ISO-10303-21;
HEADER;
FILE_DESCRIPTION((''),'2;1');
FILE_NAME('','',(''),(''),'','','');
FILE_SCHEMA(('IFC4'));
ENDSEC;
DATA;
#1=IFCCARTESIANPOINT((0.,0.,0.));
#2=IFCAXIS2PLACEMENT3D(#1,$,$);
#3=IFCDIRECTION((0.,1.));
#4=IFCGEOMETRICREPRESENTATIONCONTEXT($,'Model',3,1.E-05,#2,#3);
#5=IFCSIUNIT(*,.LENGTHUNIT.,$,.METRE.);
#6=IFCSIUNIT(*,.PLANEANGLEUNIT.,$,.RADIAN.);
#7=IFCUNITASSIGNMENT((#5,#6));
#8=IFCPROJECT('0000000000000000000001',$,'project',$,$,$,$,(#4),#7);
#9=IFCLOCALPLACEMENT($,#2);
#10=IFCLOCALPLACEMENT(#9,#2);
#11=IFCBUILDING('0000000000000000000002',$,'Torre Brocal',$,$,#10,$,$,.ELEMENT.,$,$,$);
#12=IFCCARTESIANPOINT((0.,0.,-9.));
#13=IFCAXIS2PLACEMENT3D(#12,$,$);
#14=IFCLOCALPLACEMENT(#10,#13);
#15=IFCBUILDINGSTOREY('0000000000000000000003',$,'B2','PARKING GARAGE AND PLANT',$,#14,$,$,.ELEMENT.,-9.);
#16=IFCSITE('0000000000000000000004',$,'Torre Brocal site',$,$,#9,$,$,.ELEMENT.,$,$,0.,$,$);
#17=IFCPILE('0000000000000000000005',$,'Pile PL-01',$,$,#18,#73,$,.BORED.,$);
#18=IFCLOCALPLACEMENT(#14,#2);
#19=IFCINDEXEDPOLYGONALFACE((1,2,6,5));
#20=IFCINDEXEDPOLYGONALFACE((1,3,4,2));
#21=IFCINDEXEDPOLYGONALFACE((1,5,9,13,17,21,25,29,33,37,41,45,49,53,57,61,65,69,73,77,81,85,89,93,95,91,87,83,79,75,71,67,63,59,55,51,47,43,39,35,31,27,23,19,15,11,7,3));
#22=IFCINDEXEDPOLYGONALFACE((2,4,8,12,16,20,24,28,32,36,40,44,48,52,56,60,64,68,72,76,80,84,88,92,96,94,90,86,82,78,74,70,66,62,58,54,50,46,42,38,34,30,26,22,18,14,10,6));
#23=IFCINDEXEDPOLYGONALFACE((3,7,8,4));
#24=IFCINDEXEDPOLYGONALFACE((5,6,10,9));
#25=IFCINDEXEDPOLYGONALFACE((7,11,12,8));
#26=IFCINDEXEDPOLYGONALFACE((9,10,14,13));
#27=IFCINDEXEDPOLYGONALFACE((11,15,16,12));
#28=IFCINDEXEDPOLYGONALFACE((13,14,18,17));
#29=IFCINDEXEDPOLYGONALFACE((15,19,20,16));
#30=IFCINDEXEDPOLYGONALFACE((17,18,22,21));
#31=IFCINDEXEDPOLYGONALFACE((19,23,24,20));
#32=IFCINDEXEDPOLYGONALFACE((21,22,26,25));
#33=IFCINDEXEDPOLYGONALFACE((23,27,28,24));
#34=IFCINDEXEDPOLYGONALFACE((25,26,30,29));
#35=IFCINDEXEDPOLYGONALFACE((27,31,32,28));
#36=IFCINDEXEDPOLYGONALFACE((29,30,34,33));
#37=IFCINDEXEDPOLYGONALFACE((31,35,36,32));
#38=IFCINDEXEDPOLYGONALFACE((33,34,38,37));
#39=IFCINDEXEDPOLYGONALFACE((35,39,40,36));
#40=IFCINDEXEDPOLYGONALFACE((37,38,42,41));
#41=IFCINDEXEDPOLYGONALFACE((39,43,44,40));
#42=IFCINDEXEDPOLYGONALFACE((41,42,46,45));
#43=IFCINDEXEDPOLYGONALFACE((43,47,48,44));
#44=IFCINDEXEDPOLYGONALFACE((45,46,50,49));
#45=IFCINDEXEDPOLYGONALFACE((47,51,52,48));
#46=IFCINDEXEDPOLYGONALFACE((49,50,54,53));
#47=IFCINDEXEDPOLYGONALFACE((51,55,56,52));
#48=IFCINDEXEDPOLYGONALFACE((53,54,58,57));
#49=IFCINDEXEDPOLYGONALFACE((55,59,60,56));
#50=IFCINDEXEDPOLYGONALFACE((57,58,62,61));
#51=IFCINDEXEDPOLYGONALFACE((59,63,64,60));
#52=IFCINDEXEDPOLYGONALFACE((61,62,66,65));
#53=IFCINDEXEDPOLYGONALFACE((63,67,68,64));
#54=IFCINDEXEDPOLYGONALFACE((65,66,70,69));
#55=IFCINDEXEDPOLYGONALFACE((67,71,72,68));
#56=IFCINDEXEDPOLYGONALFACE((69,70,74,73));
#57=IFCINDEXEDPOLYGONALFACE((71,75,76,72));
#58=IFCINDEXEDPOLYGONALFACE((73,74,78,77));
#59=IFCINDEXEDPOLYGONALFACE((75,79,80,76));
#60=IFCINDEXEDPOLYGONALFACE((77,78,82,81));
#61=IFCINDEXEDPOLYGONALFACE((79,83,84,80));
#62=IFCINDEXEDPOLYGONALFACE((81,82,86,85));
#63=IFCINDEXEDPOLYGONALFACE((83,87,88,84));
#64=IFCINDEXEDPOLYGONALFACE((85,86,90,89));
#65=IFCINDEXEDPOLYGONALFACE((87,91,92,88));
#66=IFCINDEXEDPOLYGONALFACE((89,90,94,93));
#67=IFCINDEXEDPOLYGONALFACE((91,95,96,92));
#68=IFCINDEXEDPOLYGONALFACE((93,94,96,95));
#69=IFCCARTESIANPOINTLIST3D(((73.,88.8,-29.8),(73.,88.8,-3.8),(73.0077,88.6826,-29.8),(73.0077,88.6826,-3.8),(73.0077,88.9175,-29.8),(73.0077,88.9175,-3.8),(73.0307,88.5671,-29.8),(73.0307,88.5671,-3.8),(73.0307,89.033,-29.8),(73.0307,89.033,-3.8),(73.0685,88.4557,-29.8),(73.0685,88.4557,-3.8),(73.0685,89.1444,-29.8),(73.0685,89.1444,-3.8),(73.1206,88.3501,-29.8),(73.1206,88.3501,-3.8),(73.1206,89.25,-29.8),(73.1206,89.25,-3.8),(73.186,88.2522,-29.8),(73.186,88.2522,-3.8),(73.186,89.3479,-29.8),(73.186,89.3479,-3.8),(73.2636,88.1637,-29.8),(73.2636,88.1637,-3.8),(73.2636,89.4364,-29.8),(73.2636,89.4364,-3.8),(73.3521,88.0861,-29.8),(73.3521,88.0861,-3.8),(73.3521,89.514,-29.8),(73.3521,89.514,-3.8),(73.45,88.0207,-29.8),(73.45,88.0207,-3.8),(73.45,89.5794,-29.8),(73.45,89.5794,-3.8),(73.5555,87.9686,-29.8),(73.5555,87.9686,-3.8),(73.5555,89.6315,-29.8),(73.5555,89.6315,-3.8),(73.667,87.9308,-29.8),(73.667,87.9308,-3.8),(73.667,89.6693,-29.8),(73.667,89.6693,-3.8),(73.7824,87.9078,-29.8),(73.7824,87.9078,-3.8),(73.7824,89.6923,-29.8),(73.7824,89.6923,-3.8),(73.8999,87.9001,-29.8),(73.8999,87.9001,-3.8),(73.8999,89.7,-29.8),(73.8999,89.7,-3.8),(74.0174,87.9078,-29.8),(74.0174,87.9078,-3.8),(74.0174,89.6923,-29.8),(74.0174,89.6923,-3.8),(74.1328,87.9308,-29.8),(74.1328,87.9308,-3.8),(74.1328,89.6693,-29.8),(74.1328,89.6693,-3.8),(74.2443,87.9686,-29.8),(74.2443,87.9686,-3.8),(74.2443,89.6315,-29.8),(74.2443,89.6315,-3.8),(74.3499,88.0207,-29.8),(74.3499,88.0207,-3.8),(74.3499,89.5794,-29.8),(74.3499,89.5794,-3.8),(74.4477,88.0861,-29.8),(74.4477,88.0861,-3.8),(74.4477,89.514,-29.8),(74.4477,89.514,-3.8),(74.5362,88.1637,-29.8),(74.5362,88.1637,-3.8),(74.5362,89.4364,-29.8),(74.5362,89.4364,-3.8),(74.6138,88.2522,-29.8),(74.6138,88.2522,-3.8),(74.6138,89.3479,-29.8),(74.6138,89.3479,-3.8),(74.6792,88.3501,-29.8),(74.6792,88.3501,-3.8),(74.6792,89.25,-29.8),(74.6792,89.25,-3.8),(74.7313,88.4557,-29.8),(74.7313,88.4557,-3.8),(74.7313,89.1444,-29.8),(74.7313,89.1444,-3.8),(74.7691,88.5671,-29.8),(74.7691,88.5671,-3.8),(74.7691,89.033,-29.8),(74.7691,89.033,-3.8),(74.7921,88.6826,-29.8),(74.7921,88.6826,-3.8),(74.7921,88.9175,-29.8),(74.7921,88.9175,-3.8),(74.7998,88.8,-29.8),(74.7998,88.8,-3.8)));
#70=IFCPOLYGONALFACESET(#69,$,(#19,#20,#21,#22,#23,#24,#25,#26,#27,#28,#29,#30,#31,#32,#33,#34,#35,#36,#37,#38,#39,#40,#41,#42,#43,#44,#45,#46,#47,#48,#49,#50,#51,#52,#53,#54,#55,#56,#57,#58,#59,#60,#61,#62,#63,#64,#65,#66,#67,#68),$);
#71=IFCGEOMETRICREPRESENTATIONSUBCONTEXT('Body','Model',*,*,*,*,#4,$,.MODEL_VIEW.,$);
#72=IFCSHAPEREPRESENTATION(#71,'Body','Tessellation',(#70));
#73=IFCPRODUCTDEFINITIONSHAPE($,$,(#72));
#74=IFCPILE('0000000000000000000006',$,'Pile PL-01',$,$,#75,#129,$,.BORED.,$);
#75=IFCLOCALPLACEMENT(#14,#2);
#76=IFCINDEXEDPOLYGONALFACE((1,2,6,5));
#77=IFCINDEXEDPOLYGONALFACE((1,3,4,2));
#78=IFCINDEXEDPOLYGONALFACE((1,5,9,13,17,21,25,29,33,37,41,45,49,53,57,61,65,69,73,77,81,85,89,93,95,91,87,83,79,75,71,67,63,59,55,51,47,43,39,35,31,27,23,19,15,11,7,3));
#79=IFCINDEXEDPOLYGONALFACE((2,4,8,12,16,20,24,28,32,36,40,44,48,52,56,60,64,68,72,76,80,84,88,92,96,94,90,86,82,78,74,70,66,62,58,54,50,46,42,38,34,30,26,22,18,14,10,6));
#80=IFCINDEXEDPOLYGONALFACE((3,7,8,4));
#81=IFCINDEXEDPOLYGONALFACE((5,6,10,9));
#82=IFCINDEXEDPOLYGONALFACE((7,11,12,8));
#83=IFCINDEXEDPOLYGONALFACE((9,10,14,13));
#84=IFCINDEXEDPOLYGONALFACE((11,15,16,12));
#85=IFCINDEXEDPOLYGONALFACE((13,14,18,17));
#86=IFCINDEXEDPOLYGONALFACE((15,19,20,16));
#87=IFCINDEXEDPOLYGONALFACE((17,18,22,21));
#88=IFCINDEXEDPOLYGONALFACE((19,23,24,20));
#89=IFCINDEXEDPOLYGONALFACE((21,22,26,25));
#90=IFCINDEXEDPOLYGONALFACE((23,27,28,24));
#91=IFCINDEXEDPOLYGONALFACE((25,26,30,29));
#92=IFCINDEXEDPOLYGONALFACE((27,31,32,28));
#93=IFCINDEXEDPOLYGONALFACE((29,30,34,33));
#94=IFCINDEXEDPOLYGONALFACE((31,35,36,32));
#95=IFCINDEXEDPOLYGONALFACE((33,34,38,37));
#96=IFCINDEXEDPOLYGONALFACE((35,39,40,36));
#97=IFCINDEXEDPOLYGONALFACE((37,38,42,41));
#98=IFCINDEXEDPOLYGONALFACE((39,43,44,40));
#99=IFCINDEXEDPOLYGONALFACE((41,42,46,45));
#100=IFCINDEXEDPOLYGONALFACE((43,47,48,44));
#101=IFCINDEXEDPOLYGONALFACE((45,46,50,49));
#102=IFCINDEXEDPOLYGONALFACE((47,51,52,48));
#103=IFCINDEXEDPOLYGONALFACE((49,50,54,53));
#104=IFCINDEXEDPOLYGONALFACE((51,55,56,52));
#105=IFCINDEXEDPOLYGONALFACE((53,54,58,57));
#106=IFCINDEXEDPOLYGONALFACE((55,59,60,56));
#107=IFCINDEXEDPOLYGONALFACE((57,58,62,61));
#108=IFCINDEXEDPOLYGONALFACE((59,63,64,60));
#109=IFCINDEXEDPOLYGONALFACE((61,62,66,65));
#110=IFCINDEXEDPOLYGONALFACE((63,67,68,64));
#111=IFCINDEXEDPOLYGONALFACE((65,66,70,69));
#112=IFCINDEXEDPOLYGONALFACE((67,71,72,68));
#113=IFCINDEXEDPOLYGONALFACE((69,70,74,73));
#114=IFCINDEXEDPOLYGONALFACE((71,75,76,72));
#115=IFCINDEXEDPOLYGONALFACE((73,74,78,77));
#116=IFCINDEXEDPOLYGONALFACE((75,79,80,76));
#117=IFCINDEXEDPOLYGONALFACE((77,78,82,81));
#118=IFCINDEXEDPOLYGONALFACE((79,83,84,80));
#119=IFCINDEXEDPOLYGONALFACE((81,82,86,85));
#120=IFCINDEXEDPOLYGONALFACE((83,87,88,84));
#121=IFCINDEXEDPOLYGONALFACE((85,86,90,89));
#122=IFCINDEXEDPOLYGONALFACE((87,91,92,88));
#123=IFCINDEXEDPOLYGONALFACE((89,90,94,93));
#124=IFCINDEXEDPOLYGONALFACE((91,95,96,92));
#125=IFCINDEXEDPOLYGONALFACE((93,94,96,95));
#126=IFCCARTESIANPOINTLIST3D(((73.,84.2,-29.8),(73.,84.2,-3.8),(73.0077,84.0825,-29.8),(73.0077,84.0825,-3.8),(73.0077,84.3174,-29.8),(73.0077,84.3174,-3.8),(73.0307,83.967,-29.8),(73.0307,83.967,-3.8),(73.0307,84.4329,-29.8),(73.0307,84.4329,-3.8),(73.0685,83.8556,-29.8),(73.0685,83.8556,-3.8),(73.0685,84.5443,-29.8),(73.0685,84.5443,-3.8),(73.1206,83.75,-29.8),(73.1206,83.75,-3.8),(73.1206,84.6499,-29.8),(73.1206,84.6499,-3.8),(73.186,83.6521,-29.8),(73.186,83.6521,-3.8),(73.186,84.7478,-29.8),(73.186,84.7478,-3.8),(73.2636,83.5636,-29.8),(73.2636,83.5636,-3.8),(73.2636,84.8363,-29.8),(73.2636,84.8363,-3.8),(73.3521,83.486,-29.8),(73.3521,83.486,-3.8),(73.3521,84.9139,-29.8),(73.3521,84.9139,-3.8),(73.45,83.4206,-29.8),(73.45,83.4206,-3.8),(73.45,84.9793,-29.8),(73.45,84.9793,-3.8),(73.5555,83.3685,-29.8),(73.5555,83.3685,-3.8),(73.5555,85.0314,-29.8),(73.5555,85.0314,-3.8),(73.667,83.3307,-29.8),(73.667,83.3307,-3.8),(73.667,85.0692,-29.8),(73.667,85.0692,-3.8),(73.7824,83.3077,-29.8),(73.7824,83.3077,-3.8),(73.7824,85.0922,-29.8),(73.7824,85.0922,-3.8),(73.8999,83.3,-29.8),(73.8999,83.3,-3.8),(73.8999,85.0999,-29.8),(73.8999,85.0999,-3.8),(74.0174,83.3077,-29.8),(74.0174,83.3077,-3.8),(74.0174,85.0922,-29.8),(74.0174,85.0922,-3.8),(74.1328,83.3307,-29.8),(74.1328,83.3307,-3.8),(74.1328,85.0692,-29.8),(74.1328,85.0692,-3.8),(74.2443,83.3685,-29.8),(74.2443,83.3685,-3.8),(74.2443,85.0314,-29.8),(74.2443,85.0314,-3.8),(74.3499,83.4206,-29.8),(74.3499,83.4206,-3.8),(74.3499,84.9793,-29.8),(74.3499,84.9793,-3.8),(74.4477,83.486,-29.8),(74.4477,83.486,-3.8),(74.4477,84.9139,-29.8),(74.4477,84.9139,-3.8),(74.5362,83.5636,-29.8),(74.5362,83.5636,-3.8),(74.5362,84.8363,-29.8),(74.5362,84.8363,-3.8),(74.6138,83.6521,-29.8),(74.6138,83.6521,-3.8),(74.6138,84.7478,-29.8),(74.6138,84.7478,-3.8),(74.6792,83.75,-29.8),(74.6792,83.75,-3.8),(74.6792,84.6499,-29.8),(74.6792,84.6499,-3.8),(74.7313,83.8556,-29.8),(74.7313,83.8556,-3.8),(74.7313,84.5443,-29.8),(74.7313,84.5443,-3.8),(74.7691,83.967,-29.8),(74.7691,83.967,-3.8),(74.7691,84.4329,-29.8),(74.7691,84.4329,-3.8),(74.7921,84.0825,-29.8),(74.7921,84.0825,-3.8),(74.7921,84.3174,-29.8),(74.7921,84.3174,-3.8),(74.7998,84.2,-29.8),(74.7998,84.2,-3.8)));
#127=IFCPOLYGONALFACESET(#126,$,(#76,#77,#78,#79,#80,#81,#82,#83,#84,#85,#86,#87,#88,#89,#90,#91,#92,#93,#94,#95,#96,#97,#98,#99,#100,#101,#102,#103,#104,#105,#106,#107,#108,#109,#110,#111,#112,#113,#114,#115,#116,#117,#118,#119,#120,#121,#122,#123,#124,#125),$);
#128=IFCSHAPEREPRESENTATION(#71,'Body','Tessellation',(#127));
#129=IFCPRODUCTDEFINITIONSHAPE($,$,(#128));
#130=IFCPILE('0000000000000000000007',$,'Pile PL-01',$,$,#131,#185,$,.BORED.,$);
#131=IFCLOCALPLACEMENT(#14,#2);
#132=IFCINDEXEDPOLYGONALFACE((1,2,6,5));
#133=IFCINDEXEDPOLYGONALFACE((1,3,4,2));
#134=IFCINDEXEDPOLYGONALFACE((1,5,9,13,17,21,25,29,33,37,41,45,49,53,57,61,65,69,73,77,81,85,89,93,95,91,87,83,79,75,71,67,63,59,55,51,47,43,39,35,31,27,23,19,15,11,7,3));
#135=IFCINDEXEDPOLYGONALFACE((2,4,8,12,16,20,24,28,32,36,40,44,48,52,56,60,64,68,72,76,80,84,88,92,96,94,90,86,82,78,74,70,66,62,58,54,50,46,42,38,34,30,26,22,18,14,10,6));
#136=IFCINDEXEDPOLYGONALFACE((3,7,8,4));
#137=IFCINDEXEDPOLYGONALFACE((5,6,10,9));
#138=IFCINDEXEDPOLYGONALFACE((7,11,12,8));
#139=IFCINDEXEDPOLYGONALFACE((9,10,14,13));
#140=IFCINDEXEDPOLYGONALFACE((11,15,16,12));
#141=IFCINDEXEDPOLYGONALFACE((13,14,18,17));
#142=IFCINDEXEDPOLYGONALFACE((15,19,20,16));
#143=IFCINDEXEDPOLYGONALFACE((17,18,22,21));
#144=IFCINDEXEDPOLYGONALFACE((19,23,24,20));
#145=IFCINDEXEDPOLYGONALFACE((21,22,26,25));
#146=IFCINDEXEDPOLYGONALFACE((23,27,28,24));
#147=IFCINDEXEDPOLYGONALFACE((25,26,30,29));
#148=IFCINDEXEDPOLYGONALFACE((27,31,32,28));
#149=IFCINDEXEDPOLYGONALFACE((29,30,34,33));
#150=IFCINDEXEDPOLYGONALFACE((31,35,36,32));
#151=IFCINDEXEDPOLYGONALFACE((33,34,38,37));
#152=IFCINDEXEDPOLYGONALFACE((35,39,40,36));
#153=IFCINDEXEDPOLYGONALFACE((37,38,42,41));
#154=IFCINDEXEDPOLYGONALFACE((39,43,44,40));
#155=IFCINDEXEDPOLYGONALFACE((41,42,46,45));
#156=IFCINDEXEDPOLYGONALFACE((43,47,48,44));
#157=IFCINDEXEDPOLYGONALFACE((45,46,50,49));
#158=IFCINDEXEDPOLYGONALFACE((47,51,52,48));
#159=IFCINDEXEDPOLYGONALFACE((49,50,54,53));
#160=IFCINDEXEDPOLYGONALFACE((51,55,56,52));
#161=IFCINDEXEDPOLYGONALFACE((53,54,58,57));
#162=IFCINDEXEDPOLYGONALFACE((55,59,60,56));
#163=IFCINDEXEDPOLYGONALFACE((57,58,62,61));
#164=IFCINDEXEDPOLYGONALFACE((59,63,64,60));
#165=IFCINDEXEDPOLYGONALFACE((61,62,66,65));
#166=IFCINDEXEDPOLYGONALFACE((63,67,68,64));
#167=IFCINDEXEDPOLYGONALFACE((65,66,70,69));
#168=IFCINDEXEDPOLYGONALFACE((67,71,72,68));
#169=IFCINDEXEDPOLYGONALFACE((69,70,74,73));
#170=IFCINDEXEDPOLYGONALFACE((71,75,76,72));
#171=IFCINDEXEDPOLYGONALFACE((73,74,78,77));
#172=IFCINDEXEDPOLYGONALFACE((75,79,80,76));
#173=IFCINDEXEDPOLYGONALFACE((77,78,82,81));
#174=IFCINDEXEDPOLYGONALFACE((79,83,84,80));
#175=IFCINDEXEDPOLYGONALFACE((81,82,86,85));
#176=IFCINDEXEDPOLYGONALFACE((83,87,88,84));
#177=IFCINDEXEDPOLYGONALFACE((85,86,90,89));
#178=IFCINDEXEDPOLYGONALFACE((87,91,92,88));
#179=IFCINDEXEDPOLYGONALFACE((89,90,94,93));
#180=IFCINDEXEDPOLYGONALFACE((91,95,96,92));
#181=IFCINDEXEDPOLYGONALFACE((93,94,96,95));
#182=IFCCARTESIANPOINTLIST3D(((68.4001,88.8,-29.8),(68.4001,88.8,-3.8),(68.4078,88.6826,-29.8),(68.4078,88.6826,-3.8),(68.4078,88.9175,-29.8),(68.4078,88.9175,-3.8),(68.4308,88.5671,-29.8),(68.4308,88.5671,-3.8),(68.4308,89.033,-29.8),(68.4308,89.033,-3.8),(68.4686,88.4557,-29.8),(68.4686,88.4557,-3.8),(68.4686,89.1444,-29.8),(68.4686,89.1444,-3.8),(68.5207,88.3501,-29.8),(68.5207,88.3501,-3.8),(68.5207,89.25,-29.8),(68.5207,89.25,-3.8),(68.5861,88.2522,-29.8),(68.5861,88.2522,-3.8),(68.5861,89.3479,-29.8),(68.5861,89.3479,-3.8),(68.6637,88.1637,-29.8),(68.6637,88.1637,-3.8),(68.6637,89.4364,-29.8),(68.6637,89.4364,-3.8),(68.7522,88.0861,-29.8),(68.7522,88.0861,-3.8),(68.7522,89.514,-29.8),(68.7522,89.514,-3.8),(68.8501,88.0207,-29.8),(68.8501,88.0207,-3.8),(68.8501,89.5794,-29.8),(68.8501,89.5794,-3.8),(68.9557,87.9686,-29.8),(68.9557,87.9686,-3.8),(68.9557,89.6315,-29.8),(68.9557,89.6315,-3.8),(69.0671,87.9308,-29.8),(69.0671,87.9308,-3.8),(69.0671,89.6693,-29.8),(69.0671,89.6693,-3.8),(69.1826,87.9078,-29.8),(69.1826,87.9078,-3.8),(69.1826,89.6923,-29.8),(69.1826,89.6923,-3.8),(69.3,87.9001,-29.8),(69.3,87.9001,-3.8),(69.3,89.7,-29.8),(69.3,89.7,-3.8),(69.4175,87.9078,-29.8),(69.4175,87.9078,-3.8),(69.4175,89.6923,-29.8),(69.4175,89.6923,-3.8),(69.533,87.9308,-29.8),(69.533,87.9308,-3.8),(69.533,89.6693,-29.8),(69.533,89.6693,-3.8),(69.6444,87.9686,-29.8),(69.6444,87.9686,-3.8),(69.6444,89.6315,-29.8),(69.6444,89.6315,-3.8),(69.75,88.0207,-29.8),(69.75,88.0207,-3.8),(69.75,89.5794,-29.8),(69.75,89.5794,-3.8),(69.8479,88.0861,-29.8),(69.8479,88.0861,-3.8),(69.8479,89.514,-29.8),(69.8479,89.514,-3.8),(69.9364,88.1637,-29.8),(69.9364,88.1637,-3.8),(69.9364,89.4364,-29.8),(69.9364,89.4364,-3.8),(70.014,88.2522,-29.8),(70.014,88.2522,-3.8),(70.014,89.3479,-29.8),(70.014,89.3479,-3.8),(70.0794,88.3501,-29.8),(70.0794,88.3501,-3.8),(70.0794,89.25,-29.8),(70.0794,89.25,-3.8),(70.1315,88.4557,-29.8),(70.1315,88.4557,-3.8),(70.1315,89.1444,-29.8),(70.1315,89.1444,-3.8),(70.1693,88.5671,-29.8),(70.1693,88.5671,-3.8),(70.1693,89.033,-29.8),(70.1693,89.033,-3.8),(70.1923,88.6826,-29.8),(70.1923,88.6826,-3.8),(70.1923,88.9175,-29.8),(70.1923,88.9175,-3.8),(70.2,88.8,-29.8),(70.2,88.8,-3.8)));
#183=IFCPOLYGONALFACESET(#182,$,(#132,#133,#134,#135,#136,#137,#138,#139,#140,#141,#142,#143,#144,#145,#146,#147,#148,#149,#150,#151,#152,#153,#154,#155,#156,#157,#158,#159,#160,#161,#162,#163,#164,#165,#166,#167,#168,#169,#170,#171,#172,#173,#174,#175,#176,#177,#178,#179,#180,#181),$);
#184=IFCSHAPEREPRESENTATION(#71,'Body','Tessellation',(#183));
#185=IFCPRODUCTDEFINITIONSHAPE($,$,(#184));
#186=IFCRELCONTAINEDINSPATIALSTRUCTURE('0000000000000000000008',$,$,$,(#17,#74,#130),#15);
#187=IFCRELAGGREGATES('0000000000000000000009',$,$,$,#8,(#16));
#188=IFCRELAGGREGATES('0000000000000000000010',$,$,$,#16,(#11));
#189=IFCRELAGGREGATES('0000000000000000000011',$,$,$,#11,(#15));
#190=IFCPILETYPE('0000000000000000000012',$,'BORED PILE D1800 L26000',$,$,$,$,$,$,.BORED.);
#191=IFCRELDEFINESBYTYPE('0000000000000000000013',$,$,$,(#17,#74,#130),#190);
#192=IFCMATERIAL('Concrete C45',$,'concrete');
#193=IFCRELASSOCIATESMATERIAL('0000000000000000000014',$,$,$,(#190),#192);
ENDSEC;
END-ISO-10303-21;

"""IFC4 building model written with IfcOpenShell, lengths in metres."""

from ifc_helpers import new_model, si_unit, direction, frame, origin, origin_2d, place, context, subcontext, project, spatial, circle, extrude, material, material_profile, profile_set, type_object, element, save


model = new_model("IFC4")

# Units and contexts
model_context = context("Model", 3, precision=1e-05, world=origin(), true_north=direction((0.0, 1.0)))
body_context = subcontext(model_context, "Body", "Model", "MODEL_VIEW")
ifc_project = project(units=[si_unit("LENGTHUNIT", "METRE"), si_unit("PLANEANGLEUNIT", "RADIAN")], contexts=[model_context])

# Site, building, storey
site_placement = place(None, origin())
site = spatial("IfcSite", under=ifc_project, at=site_placement, Name="Torre Brocal site", CompositionType="ELEMENT", RefElevation=0.0)
building_placement = place(site_placement, origin())
building = spatial("IfcBuilding", under=site, at=building_placement, Name="Torre Brocal", CompositionType="ELEMENT")
storey_placement = place(building_placement, frame((0.0, 0.0, -9.0)))
storey = spatial("IfcBuildingStorey", under=building, at=storey_placement, Name="B2", Description="PARKING GARAGE AND PLANT", CompositionType="ELEMENT", Elevation=-9.0)

# Piles
ifc_material_1 = material(Name="Concrete C45", Category="concrete")
ifc_material_profile_1 = material_profile(ifc_material_1, circle(Radius=0.8999, at=origin_2d()), Name="BORED PILE D1800")
ifc_profile_set_1 = profile_set([ifc_material_profile_1], Name="Concrete C45")
pile_type_1 = type_object("IfcPileType", Name="BORED PILE D1800 L26000", PredefinedType="BORED", material=ifc_profile_set_1)
for number, where, z_axis, x_axis, name in (
    (1, (73.8999, 88.8, -3.8), (0.0, 0.0, -1.0), (1.0, 0.0, 0.0), "Pile PL-01"),
    (2, (73.8999, 84.2, -3.8), (0.0, 0.0, -1.0), (1.0, 0.0, 0.0), "Pile PL-01"),
    (3, (69.3, 88.8, -3.8), (0.0, 0.0, -1.0), (1.0, 0.0, 0.0), "Pile PL-01"),
):
    element("IfcPile", number, at=place(storey_placement, frame(where, z_axis=z_axis, x_axis=x_axis)), inside=storey, type_object=pile_type_1, Name=name, PredefinedType="BORED", context=body_context, shape_type="SweptSolid", body=[
        extrude(circle(Radius=0.8999, at=origin_2d()), origin(), (0.0, 0.0, 1.0), 26.0),
    ])

save(model, "model.ifc")
